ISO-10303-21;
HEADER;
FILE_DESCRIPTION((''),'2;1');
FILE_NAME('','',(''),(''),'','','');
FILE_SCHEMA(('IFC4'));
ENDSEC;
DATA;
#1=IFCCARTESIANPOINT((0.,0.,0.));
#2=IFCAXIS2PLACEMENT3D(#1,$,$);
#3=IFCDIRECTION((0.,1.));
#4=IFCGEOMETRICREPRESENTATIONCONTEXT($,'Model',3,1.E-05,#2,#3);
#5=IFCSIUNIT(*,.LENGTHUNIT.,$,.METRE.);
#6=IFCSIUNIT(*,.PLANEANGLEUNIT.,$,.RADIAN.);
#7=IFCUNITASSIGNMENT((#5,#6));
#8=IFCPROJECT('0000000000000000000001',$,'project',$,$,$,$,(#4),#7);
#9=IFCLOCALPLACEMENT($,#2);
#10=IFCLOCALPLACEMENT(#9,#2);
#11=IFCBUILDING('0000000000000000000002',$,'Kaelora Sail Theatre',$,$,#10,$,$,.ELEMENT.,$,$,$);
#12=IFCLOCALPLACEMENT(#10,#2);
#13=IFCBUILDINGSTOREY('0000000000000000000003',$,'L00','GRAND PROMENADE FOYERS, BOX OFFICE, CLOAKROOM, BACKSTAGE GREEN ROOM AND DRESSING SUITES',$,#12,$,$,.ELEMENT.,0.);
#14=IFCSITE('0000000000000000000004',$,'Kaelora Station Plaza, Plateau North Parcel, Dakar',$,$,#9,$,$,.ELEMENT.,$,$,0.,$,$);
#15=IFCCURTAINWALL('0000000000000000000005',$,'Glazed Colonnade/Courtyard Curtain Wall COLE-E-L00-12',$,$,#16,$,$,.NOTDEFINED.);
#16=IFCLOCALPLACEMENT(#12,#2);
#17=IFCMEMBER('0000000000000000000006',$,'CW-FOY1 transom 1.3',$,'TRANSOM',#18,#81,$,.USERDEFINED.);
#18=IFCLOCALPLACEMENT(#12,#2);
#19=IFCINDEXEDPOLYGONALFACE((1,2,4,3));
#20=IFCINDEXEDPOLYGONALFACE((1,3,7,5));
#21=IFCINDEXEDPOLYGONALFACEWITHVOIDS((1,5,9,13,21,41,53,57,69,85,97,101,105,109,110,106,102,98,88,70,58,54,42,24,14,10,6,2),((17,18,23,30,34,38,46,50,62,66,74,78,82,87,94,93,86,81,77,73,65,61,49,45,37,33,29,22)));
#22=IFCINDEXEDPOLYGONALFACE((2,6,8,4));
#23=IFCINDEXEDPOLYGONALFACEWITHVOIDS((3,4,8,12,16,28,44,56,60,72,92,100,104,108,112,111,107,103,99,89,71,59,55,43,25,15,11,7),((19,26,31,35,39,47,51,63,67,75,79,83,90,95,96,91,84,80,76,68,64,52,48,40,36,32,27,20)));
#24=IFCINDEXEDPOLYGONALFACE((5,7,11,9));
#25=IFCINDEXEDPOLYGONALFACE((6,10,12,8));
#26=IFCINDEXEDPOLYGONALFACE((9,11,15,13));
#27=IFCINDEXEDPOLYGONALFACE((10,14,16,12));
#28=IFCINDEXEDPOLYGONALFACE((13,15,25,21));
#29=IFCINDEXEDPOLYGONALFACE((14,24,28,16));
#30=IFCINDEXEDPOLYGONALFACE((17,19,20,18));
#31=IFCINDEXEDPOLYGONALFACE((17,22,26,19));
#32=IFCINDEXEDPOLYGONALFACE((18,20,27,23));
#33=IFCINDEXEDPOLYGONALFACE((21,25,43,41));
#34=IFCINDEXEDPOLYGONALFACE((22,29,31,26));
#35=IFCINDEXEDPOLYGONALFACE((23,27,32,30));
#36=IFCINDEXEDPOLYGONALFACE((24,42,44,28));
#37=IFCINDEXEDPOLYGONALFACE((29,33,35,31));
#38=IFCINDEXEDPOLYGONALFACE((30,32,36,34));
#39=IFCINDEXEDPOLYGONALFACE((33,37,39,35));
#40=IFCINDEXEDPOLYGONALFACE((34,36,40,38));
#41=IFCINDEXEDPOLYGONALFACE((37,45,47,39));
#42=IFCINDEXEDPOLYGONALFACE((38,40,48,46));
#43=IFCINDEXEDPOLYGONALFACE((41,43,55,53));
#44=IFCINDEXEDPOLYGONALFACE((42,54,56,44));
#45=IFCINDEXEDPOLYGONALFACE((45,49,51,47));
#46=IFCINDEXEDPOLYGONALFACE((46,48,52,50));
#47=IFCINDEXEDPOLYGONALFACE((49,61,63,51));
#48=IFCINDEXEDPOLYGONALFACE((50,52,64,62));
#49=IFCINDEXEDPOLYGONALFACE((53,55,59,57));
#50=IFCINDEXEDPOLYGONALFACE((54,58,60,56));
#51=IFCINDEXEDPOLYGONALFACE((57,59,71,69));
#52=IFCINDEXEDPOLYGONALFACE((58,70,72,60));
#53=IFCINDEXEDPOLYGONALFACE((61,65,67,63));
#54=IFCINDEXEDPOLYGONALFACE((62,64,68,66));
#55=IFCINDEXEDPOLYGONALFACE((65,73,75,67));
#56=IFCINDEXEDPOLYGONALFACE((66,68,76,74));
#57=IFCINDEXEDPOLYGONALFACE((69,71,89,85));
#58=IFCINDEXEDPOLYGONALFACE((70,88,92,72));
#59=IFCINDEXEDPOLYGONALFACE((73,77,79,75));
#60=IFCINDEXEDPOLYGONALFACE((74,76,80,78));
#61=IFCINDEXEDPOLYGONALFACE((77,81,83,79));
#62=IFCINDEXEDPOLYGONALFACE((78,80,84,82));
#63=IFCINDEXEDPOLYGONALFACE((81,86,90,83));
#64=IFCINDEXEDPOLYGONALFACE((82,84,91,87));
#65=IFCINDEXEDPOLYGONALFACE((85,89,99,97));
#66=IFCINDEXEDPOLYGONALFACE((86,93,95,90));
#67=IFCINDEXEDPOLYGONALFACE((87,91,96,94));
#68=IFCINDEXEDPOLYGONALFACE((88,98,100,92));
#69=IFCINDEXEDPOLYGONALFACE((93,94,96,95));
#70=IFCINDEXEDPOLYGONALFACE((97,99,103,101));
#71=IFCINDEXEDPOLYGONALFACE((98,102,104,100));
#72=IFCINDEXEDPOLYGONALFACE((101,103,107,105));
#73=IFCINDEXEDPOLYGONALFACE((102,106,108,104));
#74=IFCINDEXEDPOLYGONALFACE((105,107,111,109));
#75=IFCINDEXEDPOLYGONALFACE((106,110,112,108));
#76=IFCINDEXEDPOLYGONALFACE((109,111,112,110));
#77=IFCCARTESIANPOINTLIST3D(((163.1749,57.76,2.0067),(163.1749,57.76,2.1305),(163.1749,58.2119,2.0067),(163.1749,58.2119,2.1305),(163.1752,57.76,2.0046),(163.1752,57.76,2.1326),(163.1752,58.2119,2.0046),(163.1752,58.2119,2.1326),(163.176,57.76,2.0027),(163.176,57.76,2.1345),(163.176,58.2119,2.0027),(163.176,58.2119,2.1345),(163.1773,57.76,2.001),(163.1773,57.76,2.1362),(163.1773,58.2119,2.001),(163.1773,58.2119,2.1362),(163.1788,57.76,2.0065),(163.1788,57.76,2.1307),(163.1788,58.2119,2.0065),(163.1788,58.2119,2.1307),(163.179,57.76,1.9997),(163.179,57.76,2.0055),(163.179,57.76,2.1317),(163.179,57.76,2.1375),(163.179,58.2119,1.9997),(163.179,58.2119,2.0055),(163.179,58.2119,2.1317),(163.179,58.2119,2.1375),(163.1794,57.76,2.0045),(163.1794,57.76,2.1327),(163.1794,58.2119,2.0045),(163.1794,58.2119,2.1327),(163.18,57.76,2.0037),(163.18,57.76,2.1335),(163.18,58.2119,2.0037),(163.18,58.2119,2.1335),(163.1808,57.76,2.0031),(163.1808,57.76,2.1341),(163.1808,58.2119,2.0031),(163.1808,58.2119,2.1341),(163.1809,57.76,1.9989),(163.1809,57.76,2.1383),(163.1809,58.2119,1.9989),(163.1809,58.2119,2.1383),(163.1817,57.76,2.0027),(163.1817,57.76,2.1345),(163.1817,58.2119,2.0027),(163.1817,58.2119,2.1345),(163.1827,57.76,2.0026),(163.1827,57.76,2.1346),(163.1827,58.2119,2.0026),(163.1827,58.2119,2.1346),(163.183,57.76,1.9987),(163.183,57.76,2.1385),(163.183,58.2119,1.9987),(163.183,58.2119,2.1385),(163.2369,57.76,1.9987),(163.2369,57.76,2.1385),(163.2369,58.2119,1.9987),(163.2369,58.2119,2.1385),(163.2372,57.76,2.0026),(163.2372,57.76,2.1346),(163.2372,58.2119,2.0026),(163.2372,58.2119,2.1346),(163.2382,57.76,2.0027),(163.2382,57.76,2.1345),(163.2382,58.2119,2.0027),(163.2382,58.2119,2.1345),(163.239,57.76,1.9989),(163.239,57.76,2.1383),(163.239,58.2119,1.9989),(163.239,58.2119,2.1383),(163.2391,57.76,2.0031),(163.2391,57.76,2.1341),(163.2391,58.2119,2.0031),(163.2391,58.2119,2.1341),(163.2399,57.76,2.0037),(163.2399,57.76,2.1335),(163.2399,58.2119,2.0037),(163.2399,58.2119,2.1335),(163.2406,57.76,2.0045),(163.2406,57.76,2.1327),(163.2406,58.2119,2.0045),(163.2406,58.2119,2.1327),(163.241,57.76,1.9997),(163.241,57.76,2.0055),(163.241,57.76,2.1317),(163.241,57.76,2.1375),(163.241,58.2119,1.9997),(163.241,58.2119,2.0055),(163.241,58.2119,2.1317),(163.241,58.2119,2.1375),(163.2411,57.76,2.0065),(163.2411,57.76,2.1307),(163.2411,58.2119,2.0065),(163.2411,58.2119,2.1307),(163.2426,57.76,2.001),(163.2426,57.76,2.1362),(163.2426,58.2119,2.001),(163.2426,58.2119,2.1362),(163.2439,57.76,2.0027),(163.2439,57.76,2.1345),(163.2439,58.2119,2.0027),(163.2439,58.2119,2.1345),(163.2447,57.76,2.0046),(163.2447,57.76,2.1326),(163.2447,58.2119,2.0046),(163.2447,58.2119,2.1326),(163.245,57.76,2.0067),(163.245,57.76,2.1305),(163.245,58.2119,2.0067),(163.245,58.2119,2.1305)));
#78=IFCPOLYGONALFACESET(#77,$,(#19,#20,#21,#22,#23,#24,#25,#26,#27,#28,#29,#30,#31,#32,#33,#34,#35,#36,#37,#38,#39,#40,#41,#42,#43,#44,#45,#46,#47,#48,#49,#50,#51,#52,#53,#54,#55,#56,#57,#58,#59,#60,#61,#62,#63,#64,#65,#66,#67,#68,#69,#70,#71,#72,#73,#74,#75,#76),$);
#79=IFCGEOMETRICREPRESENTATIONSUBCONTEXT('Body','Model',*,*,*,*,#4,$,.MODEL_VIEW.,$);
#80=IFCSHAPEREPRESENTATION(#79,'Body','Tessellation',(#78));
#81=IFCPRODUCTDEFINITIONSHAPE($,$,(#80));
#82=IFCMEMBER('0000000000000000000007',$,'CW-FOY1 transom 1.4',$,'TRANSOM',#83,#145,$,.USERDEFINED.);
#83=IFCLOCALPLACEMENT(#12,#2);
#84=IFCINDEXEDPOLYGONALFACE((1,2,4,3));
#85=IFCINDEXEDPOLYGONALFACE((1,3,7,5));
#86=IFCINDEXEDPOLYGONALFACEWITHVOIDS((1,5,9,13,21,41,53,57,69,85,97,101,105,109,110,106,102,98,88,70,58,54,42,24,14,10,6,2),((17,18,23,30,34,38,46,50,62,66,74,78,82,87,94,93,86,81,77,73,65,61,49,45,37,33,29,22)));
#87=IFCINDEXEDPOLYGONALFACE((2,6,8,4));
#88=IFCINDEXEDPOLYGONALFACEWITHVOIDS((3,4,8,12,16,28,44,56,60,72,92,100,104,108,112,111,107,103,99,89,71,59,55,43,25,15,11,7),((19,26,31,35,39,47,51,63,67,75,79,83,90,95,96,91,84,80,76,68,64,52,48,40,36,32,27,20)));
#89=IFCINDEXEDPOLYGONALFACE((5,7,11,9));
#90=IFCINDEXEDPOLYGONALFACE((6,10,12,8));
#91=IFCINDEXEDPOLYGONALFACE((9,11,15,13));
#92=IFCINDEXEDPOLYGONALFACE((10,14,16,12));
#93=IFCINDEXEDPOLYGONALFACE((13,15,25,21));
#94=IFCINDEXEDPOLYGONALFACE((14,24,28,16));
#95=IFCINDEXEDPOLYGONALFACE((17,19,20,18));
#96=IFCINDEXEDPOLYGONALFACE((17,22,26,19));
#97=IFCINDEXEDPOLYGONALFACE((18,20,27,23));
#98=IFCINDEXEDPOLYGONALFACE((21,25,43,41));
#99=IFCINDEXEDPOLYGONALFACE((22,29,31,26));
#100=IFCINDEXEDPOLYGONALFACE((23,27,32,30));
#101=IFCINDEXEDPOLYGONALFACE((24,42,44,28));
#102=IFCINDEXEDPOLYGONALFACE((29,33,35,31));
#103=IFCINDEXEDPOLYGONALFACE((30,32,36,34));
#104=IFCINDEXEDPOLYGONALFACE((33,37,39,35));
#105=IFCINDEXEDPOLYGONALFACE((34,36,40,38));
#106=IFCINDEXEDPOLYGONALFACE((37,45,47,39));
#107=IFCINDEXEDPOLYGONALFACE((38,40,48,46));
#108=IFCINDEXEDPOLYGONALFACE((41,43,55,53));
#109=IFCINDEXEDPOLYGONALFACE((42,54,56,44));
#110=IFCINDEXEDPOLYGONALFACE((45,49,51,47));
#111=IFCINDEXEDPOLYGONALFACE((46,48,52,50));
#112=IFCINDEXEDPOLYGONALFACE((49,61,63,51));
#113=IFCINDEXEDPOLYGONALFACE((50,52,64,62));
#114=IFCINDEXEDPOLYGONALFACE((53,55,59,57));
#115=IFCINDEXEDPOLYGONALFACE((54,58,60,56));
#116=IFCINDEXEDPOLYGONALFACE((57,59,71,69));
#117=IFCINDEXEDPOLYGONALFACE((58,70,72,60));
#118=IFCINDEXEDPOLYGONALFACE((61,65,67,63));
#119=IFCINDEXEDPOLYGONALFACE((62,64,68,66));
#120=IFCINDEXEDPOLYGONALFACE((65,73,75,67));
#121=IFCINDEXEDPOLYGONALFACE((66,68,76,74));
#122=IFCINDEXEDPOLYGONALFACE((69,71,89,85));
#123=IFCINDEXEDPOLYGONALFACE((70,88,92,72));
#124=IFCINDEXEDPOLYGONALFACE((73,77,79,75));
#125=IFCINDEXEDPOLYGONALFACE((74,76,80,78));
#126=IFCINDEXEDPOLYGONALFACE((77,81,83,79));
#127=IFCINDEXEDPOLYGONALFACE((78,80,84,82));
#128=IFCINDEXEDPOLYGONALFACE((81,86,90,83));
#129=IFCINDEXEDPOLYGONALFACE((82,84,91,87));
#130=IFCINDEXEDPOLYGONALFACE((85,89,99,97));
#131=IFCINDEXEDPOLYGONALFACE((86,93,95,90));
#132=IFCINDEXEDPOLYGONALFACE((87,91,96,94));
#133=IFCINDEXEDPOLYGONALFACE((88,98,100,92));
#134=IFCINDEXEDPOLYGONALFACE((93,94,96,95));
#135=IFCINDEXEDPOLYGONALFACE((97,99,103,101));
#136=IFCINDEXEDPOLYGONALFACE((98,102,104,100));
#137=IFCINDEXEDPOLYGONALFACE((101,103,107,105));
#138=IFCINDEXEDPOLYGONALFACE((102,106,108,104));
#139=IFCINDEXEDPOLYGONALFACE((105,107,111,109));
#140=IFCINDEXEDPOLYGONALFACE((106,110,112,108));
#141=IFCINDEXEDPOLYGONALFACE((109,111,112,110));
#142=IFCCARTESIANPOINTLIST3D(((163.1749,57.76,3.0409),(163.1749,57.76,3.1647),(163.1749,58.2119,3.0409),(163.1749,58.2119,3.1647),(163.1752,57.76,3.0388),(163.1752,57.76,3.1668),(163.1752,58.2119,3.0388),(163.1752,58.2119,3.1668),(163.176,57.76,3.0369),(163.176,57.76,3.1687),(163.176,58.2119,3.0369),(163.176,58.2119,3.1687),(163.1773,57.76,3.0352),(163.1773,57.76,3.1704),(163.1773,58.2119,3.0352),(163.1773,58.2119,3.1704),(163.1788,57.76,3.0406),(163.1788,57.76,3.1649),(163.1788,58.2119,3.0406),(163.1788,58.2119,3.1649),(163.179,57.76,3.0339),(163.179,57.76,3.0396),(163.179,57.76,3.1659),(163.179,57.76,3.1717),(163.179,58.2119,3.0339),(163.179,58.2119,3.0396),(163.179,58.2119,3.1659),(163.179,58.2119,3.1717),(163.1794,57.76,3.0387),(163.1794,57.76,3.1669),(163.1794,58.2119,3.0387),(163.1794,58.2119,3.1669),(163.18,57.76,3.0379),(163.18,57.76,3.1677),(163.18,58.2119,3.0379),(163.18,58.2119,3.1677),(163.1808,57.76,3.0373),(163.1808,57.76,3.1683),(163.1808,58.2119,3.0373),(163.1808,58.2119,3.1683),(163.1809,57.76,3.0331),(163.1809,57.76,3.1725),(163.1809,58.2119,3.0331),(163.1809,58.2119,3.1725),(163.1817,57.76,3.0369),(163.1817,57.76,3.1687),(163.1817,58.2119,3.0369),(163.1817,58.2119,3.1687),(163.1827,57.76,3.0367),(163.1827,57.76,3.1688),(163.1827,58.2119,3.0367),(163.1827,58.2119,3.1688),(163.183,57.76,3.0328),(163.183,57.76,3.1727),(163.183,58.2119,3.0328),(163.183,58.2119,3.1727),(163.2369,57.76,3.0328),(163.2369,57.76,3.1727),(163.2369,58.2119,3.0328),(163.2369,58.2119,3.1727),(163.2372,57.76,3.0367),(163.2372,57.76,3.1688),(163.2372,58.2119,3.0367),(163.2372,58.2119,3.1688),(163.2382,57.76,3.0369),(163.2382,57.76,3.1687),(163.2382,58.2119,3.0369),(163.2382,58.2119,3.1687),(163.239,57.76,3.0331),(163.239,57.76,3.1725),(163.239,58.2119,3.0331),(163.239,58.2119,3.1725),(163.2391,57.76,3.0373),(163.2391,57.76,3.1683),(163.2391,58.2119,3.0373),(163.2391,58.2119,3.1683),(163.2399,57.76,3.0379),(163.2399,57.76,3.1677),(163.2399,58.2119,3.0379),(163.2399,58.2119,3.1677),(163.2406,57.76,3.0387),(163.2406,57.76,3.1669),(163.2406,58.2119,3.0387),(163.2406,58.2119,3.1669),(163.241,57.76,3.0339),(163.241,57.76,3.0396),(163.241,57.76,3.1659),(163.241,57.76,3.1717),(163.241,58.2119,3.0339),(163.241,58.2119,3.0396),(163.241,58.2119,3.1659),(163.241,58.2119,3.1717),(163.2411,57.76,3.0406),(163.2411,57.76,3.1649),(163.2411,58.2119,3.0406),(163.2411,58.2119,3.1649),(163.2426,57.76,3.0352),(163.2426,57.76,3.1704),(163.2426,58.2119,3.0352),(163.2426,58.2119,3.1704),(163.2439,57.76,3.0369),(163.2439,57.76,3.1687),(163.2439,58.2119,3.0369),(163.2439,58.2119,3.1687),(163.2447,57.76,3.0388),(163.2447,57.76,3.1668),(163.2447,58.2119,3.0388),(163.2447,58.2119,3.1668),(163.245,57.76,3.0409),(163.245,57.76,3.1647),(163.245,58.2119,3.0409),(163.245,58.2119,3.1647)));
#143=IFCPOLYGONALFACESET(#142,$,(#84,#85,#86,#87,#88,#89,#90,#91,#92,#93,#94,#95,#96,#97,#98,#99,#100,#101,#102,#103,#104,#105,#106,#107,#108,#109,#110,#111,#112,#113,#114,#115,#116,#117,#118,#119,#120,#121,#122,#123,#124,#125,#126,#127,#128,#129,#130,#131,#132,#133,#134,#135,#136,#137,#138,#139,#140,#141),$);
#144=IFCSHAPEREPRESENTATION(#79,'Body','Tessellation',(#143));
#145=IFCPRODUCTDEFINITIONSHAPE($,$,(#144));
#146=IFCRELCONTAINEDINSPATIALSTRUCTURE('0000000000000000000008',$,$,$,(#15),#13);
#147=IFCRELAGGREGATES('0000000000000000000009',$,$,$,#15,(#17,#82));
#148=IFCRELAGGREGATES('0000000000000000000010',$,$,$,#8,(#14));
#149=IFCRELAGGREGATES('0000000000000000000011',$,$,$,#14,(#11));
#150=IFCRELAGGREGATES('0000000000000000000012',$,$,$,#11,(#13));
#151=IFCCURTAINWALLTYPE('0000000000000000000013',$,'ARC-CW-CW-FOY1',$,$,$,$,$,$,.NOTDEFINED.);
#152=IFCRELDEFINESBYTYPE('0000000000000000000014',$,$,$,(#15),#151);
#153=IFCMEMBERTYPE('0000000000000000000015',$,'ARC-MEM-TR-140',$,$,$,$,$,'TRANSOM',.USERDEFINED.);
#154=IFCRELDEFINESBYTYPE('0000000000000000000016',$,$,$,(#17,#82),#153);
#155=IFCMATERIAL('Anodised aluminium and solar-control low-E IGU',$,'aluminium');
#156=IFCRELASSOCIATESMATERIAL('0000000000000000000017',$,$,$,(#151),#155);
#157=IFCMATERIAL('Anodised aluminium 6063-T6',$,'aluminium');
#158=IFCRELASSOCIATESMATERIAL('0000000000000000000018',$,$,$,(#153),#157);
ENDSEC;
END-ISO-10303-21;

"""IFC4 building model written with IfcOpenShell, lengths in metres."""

from ifc_helpers import new_model, si_unit, direction, frame, origin, origin_2d, place, context, subcontext, project, spatial, hollow_rectangle, extrude, material, material_profile, profile_set, type_object, element, aggregate, save


model = new_model("IFC4")

# Units and contexts
model_context = context("Model", 3, precision=1e-05, world=origin(), true_north=direction((0.0, 1.0)))
body_context = subcontext(model_context, "Body", "Model", "MODEL_VIEW")
ifc_project = project(units=[si_unit("LENGTHUNIT", "METRE"), si_unit("PLANEANGLEUNIT", "RADIAN")], contexts=[model_context])

# Site, building, storey
site_placement = place(None, origin())
site = spatial("IfcSite", under=ifc_project, at=site_placement, Name="Kaelora Station Plaza, Plateau North Parcel, Dakar", CompositionType="ELEMENT", RefElevation=0.0)
building_placement = place(site_placement, origin())
building = spatial("IfcBuilding", under=site, at=building_placement, Name="Kaelora Sail Theatre", CompositionType="ELEMENT")
storey_placement = place(building_placement, origin())
storey = spatial("IfcBuildingStorey", under=building, at=storey_placement, Name="L00", Description="GRAND PROMENADE FOYERS, BOX OFFICE, CLOAKROOM, BACKSTAGE GREEN ROOM AND DRESSING SUITES", CompositionType="ELEMENT", Elevation=0.0)

# Curtain wall, members
ifc_material_1 = material(Name="Anodised aluminium and solar-control low-E IGU", Category="aluminium")
curtain_wall_type = type_object("IfcCurtainWallType", Name="ARC-CW-CW-FOY1", PredefinedType="NOTDEFINED", material=ifc_material_1)
curtain_wall_placement = place(storey_placement, origin())
curtain_wall = element("IfcCurtainWall", 1, at=curtain_wall_placement, inside=storey, type_object=curtain_wall_type, Name="Glazed Colonnade/Courtyard Curtain Wall COLE-E-L00-12", PredefinedType="NOTDEFINED")
ifc_material_2 = material(Name="Anodised aluminium 6063-T6", Category="aluminium")
ifc_material_profile = material_profile(ifc_material_2, hollow_rectangle(XDim=0.0701, YDim=0.1399, WallThickness=0.0039, InnerFilletRadius=0.0039, OuterFilletRadius=0.0081, at=origin_2d()), Name="ALU-TRAN 70x140x4")
ifc_profile_set = profile_set([ifc_material_profile], Name="Anodised aluminium 6063-T6")
member_type = type_object("IfcMemberType", Name="ARC-MEM-TR-140", ElementType="TRANSOM", PredefinedType="USERDEFINED", material=ifc_profile_set)
member_1_placement = place(storey_placement, frame((163.21, 57.76, 2.0686), z_axis=(0.0, 1.0, 0.0), x_axis=(-1.0, 0.0, 0.0)))
member_1 = element("IfcMember", 2, at=member_1_placement, type_object=member_type, Name="CW-FOY1 transom 1.3", ObjectType="TRANSOM", PredefinedType="USERDEFINED", context=body_context, shape_type="SweptSolid", body=[
    extrude(hollow_rectangle(XDim=0.0701, YDim=0.1399, WallThickness=0.0039, InnerFilletRadius=0.0039, OuterFilletRadius=0.0081, at=origin_2d()), origin(), (0.0, 0.0, 1.0), 0.4519),
])
member_2_placement = place(storey_placement, frame((163.21, 57.76, 3.1028), z_axis=(0.0, 1.0, 0.0), x_axis=(-1.0, 0.0, 0.0)))
member_2 = element("IfcMember", 3, at=member_2_placement, type_object=member_type, Name="CW-FOY1 transom 1.4", ObjectType="TRANSOM", PredefinedType="USERDEFINED", context=body_context, shape_type="SweptSolid", body=[
    extrude(hollow_rectangle(XDim=0.0701, YDim=0.1399, WallThickness=0.0039, InnerFilletRadius=0.0039, OuterFilletRadius=0.0081, at=origin_2d()), origin(), (0.0, 0.0, 1.0), 0.4519),
])
aggregate(curtain_wall, [member_1, member_2])

save(model, "model.ifc")
